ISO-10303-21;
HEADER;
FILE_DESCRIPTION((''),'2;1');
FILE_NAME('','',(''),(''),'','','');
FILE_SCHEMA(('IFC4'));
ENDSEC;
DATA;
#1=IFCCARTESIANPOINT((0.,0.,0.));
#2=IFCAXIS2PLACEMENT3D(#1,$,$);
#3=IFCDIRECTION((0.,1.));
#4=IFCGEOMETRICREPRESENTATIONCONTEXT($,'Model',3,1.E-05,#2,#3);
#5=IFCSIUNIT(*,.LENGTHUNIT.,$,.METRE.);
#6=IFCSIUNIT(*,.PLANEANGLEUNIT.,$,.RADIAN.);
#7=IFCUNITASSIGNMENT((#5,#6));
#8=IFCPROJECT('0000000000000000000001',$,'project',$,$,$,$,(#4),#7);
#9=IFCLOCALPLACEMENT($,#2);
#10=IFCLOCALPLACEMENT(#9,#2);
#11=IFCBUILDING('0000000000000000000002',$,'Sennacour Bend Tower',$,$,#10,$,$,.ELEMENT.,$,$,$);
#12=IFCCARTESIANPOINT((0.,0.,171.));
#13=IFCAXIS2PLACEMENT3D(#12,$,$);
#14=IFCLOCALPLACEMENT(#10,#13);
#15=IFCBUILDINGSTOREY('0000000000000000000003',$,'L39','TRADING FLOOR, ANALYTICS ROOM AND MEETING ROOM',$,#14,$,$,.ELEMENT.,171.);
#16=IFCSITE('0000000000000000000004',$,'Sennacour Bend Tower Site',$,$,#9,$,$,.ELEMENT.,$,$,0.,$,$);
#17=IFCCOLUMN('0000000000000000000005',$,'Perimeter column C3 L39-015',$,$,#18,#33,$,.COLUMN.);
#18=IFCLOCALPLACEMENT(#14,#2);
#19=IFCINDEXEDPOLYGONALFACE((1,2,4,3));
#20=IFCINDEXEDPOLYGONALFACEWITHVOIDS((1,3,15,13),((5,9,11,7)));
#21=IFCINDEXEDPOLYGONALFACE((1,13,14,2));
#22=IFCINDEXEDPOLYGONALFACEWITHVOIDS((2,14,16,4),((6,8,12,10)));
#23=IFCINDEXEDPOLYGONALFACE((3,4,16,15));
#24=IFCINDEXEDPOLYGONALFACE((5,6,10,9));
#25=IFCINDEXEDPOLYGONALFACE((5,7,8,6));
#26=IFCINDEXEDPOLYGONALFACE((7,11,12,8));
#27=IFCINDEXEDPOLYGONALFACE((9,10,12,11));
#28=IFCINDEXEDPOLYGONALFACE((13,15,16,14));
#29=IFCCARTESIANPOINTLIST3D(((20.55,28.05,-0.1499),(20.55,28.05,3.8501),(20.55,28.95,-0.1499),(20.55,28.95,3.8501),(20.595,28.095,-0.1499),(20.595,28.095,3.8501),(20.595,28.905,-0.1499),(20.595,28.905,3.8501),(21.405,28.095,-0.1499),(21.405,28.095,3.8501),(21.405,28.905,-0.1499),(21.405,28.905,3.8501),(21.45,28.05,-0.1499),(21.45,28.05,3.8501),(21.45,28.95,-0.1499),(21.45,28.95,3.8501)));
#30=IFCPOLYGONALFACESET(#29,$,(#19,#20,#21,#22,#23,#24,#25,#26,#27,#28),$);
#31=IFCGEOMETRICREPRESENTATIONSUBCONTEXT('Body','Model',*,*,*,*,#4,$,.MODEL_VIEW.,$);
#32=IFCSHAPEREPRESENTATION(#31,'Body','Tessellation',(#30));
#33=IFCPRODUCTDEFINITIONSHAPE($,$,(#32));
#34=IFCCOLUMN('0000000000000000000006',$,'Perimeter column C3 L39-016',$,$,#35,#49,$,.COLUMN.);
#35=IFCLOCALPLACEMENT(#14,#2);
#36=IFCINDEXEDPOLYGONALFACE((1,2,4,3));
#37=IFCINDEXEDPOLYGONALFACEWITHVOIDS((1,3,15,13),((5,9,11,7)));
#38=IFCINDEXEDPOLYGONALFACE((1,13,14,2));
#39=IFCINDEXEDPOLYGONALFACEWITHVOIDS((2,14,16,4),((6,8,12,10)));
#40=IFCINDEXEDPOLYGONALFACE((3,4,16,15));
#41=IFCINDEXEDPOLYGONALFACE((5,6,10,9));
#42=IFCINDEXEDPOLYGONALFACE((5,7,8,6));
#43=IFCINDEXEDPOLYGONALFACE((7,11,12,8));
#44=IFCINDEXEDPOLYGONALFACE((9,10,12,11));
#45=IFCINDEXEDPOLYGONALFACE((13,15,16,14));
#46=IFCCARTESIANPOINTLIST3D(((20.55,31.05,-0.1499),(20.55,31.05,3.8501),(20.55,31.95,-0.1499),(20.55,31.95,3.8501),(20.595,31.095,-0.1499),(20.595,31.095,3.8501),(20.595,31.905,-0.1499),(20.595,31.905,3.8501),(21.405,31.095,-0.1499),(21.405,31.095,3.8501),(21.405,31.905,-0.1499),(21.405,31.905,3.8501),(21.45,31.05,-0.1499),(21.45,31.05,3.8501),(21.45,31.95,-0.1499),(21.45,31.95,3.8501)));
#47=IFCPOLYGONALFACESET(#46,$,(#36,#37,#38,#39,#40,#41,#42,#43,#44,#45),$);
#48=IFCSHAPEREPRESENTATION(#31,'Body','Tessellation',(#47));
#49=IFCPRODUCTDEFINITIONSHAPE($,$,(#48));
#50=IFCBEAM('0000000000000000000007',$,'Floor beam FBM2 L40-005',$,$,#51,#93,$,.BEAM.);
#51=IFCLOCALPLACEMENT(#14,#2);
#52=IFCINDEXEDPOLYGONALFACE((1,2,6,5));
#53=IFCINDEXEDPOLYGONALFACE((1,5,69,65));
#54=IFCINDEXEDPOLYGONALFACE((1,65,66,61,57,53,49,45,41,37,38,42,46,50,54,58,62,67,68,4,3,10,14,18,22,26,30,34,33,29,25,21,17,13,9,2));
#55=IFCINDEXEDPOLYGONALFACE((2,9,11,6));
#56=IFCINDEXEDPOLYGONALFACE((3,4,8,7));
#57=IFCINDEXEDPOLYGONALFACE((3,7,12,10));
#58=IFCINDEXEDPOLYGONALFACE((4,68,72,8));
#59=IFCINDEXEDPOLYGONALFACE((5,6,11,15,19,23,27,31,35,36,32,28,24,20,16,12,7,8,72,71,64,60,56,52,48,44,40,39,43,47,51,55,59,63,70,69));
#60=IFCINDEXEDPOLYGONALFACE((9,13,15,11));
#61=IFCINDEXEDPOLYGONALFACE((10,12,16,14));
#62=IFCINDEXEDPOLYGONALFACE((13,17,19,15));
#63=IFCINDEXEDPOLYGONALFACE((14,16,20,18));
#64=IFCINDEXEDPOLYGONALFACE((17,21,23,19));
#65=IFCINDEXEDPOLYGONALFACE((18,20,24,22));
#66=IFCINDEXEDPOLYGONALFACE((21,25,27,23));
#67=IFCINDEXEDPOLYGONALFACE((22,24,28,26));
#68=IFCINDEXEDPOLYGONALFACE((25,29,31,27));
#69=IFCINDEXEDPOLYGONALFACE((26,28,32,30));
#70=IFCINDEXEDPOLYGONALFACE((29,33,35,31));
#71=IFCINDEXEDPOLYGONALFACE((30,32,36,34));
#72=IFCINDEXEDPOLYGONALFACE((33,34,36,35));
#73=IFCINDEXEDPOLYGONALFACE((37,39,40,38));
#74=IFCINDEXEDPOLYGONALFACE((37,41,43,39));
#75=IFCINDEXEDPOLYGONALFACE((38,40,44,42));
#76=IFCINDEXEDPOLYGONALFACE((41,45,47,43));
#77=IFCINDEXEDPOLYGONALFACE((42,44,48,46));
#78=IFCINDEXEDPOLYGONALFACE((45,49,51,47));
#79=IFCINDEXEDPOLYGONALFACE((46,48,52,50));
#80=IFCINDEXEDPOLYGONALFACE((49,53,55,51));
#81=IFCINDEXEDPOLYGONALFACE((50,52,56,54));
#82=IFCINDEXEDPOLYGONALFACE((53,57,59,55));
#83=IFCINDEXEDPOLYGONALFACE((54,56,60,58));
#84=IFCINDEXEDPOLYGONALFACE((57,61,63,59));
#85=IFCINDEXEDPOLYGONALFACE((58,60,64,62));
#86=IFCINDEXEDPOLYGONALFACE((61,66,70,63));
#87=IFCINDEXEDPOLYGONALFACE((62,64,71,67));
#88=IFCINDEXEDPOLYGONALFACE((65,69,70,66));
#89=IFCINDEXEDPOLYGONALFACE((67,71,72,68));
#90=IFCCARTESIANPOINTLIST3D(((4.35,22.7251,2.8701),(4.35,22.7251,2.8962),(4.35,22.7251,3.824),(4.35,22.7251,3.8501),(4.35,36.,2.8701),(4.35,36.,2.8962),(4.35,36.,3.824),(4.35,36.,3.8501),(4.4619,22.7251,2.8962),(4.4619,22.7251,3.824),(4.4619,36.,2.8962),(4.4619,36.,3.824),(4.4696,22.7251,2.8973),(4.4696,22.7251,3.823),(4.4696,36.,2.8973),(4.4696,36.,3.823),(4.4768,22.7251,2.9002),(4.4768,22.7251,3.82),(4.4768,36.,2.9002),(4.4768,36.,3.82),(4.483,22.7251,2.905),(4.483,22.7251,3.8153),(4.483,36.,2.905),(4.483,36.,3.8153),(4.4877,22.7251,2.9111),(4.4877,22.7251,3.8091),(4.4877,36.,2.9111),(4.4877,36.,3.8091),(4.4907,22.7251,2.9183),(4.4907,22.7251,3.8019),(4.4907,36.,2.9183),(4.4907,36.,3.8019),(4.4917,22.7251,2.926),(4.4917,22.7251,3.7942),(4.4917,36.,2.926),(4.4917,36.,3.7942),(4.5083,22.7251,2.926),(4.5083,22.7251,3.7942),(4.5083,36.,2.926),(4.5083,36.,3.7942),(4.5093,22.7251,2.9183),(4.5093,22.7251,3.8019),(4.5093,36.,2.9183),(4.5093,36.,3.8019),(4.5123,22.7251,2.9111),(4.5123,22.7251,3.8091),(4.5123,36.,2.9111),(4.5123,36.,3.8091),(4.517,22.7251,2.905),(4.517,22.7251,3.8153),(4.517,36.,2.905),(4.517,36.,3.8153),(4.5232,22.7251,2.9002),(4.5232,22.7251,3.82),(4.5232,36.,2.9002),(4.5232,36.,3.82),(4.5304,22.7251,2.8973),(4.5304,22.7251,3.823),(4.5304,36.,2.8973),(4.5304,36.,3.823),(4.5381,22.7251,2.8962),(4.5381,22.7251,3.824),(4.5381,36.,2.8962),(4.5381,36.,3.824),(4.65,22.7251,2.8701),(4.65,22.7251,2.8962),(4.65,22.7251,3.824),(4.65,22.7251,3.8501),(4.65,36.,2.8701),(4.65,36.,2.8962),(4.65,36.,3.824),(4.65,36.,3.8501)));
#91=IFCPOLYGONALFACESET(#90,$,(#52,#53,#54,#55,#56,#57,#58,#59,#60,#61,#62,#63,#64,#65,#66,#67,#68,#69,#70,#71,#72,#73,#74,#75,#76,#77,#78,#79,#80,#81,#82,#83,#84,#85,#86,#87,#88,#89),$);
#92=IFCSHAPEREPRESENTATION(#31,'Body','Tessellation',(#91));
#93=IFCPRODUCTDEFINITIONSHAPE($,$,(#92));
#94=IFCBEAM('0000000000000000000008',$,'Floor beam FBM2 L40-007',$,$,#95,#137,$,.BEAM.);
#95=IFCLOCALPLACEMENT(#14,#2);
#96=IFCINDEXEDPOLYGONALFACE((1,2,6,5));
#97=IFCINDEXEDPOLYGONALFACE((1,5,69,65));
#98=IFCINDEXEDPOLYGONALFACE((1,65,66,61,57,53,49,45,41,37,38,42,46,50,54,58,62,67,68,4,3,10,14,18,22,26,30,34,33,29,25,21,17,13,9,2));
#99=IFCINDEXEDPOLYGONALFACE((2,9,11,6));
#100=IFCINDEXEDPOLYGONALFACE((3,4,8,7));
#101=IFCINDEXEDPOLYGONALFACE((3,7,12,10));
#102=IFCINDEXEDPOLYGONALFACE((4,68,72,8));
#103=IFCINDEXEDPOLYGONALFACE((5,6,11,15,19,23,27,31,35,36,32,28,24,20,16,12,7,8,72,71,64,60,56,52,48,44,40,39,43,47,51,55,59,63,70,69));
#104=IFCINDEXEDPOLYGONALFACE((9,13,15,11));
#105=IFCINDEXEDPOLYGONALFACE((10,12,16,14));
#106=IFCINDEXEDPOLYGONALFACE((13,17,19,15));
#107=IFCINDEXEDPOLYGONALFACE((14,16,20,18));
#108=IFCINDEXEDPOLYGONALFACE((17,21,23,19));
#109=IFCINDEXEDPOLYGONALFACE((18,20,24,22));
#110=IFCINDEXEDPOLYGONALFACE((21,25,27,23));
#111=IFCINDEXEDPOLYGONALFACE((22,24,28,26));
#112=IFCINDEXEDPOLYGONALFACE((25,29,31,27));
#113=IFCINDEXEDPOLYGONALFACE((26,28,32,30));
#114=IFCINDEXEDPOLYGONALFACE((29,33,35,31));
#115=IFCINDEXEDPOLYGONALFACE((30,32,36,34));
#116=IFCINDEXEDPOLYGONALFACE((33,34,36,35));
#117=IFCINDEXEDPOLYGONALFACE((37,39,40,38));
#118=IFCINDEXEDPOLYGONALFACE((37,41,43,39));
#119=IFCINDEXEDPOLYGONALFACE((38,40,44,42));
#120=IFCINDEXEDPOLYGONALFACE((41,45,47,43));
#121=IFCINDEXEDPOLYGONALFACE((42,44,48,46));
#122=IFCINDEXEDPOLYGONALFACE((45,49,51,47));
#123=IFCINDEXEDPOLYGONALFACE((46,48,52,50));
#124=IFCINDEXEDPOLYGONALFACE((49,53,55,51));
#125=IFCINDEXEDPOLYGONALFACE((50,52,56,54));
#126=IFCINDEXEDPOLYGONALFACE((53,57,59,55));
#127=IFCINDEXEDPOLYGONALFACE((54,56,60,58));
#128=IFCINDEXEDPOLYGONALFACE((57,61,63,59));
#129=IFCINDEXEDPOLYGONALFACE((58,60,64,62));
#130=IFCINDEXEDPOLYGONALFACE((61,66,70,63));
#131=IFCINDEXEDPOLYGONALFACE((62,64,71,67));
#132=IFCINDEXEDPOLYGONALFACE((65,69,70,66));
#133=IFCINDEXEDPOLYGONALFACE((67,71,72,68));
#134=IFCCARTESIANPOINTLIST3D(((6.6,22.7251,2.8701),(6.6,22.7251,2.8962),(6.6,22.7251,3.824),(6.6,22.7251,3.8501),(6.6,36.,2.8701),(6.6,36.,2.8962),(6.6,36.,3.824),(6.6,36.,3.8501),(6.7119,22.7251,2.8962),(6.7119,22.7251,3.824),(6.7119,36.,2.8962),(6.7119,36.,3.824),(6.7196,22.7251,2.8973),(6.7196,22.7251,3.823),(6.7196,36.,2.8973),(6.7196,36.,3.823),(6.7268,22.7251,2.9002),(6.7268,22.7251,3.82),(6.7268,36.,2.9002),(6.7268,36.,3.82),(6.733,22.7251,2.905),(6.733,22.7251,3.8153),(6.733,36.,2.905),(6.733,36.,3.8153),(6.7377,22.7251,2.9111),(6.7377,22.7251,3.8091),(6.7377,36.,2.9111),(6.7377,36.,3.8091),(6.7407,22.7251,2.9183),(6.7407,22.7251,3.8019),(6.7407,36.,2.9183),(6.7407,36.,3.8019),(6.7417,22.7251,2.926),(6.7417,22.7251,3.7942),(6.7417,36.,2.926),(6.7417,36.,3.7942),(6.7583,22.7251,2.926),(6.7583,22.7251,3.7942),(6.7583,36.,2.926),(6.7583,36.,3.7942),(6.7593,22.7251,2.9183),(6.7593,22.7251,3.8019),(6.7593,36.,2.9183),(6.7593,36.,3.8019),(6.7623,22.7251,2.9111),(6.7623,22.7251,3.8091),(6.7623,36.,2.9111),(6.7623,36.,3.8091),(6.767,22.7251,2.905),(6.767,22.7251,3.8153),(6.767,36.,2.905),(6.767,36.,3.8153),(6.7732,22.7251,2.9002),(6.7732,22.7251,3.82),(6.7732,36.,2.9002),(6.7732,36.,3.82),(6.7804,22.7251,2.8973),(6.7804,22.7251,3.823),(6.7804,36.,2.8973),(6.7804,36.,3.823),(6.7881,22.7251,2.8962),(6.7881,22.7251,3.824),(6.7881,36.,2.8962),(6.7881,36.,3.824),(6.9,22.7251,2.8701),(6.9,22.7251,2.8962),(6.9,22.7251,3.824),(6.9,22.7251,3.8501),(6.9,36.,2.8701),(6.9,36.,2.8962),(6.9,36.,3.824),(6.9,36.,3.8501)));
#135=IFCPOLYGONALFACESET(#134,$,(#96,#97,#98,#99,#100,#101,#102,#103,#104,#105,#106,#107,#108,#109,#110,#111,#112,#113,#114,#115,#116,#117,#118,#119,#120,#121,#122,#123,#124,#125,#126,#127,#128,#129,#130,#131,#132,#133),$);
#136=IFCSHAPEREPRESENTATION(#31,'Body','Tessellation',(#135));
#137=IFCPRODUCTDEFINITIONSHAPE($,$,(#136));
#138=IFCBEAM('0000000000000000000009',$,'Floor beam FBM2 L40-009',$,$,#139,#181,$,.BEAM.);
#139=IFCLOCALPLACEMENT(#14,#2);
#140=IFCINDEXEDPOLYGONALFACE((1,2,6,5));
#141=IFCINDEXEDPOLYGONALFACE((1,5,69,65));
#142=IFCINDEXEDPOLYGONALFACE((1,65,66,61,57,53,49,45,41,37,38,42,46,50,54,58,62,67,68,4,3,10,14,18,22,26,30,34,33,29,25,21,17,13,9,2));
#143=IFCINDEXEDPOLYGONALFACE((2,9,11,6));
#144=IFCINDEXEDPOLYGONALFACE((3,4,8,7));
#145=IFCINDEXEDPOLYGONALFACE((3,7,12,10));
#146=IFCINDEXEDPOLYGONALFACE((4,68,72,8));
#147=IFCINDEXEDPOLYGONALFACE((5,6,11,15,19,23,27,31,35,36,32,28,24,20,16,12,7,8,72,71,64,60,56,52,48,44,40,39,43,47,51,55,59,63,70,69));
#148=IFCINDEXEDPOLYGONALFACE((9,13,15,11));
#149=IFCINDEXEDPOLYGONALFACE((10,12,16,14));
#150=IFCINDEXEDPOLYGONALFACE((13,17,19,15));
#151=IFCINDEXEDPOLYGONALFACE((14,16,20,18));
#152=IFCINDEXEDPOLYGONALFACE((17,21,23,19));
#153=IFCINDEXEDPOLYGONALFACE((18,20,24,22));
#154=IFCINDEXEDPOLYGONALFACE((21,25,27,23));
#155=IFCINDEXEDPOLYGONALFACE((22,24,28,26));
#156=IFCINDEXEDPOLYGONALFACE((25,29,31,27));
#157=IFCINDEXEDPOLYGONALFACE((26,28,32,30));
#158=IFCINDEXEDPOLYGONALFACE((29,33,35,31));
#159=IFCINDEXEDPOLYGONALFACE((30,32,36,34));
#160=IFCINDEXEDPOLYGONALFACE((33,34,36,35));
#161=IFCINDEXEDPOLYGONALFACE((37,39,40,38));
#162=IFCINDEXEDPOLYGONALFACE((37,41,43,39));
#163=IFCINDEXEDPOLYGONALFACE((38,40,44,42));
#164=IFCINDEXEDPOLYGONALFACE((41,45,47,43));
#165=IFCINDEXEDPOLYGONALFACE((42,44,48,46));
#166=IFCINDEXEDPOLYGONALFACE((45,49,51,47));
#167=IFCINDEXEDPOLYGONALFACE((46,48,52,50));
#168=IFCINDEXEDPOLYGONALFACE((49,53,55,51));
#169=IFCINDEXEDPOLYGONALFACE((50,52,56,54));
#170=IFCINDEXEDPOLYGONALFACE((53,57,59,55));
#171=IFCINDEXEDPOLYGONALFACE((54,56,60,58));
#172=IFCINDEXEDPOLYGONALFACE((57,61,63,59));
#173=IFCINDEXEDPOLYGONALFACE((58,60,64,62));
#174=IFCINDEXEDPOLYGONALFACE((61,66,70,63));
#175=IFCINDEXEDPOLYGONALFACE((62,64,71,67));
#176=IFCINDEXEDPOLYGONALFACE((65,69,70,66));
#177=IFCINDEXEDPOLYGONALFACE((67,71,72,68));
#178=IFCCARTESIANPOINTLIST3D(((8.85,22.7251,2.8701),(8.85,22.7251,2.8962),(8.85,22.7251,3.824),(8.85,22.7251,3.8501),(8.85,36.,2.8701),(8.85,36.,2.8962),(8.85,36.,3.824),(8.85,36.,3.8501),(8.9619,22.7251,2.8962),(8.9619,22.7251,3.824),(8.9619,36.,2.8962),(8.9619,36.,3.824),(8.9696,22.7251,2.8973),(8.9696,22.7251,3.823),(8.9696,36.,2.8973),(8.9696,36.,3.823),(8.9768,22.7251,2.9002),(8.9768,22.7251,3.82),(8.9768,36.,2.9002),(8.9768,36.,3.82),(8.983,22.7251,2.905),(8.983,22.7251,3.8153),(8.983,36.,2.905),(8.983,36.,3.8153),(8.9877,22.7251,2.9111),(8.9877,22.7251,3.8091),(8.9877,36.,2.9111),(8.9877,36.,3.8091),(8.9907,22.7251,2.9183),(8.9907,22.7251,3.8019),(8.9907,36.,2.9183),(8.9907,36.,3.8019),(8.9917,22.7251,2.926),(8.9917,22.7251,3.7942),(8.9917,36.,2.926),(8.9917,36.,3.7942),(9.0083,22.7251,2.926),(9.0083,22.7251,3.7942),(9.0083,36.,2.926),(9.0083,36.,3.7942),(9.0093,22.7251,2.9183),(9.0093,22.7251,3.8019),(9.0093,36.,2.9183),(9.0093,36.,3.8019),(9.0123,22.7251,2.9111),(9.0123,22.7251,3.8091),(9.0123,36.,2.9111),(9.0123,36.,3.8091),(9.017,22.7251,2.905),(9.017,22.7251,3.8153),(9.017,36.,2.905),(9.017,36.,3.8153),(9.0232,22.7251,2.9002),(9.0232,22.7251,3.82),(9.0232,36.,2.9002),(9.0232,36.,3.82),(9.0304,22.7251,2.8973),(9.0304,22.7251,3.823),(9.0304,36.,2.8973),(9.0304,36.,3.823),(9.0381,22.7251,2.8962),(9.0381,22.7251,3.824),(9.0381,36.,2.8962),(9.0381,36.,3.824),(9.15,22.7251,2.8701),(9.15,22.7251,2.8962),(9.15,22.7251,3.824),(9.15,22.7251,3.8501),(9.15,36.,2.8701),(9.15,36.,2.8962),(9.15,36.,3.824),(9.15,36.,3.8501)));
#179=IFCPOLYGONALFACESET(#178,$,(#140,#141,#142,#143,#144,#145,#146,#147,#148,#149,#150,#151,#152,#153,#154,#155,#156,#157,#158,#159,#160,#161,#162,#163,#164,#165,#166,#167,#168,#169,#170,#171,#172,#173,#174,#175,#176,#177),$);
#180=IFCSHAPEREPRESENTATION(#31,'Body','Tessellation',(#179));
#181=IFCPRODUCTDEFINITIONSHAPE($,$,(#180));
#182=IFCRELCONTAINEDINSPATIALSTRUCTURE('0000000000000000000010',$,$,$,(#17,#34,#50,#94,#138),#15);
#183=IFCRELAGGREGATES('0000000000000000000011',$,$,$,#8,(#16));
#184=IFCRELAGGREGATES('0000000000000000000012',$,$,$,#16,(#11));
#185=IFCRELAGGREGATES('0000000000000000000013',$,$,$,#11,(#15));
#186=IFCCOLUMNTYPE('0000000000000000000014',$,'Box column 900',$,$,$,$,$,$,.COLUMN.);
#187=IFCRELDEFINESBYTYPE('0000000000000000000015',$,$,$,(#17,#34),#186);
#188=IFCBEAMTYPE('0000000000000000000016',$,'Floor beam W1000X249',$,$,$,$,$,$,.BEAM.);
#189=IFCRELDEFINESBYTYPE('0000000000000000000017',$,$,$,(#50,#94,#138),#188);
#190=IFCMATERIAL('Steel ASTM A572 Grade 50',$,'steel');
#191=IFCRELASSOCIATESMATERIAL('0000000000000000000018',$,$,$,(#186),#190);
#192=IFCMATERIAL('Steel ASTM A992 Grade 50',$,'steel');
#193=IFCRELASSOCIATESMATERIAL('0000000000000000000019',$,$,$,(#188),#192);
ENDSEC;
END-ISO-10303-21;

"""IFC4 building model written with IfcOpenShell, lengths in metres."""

from ifc_helpers import new_model, si_unit, direction, frame, origin, origin_2d, place, context, subcontext, project, spatial, hollow_rectangle, i_section, extrude, material, material_profile, profile_set, type_object, element, save


model = new_model("IFC4")

# Units and contexts
model_context = context("Model", 3, precision=1e-05, world=origin(), true_north=direction((0.0, 1.0)))
body_context = subcontext(model_context, "Body", "Model", "MODEL_VIEW")
ifc_project = project(units=[si_unit("LENGTHUNIT", "METRE"), si_unit("PLANEANGLEUNIT", "RADIAN")], contexts=[model_context])

# Site, building, storey
site_placement = place(None, origin())
site = spatial("IfcSite", under=ifc_project, at=site_placement, Name="Sennacour Bend Tower Site", CompositionType="ELEMENT", RefElevation=0.0)
building_placement = place(site_placement, origin())
building = spatial("IfcBuilding", under=site, at=building_placement, Name="Sennacour Bend Tower", CompositionType="ELEMENT")
storey_placement = place(building_placement, frame((0.0, 0.0, 171.0)))
storey = spatial("IfcBuildingStorey", under=building, at=storey_placement, Name="L39", Description="TRADING FLOOR, ANALYTICS ROOM AND MEETING ROOM", CompositionType="ELEMENT", Elevation=171.0)

# Columns
ifc_material_1 = material(Name="Steel ASTM A572 Grade 50", Category="steel")
ifc_material_profile_1 = material_profile(ifc_material_1, hollow_rectangle(XDim=0.8999, YDim=0.8999, WallThickness=0.0449, at=origin_2d()), Name="Steel ASTM A572 Grade 50", Category="steel")
ifc_profile_set_1 = profile_set([ifc_material_profile_1], Name="Steel ASTM A572 Grade 50")
column_type = type_object("IfcColumnType", Name="Box column 900", PredefinedType="COLUMN", material=ifc_profile_set_1)
for number, where, z_axis, x_axis, name in (
    (1, (21.0, 28.5, -0.1499), (0.0, 0.0, 1.0), (1.0, 0.0, 0.0), "Perimeter column C3 L39-015"),
    (2, (21.0, 31.5, -0.1499), (0.0, 0.0, 1.0), (1.0, 0.0, 0.0), "Perimeter column C3 L39-016"),
):
    element("IfcColumn", number, at=place(storey_placement, frame(where, z_axis=z_axis, x_axis=x_axis)), inside=storey, type_object=column_type, Name=name, PredefinedType="COLUMN", context=body_context, shape_type="SweptSolid", body=[
        extrude(hollow_rectangle(XDim=0.8999, YDim=0.8999, WallThickness=0.0449, at=origin_2d()), origin(), (0.0, 0.0, 1.0), 4.0),
    ])

# Beams
ifc_material_2 = material(Name="Steel ASTM A992 Grade 50", Category="steel")
ifc_material_profile_2 = material_profile(ifc_material_2, i_section(OverallWidth=0.3, OverallDepth=0.98, WebThickness=0.0166, FlangeThickness=0.0261, FilletRadius=0.0298, at=origin_2d()), Name="Steel ASTM A992 Grade 50", Category="steel")
ifc_profile_set_2 = profile_set([ifc_material_profile_2], Name="Steel ASTM A992 Grade 50")
beam_type_1 = type_object("IfcBeamType", Name="Floor beam W1000X249", PredefinedType="BEAM", material=ifc_profile_set_2)
for number, where, z_axis, x_axis, name in (
    (3, (4.5, 22.7251, 3.3601), (0.0, 1.0, 0.0), (-1.0, 0.0, 0.0), "Floor beam FBM2 L40-005"),
    (4, (6.75, 22.7251, 3.3601), (0.0, 1.0, 0.0), (-1.0, 0.0, 0.0), "Floor beam FBM2 L40-007"),
    (5, (9.0, 22.7251, 3.3601), (0.0, 1.0, 0.0), (-1.0, 0.0, 0.0), "Floor beam FBM2 L40-009"),
):
    element("IfcBeam", number, at=place(storey_placement, frame(where, z_axis=z_axis, x_axis=x_axis)), inside=storey, type_object=beam_type_1, Name=name, PredefinedType="BEAM", context=body_context, shape_type="SweptSolid", body=[
        extrude(i_section(OverallWidth=0.3, OverallDepth=0.98, WebThickness=0.0166, FlangeThickness=0.0261, FilletRadius=0.0298, at=origin_2d()), origin(), (0.0, 0.0, 1.0), 13.2749),
    ])

save(model, "model.ifc")
